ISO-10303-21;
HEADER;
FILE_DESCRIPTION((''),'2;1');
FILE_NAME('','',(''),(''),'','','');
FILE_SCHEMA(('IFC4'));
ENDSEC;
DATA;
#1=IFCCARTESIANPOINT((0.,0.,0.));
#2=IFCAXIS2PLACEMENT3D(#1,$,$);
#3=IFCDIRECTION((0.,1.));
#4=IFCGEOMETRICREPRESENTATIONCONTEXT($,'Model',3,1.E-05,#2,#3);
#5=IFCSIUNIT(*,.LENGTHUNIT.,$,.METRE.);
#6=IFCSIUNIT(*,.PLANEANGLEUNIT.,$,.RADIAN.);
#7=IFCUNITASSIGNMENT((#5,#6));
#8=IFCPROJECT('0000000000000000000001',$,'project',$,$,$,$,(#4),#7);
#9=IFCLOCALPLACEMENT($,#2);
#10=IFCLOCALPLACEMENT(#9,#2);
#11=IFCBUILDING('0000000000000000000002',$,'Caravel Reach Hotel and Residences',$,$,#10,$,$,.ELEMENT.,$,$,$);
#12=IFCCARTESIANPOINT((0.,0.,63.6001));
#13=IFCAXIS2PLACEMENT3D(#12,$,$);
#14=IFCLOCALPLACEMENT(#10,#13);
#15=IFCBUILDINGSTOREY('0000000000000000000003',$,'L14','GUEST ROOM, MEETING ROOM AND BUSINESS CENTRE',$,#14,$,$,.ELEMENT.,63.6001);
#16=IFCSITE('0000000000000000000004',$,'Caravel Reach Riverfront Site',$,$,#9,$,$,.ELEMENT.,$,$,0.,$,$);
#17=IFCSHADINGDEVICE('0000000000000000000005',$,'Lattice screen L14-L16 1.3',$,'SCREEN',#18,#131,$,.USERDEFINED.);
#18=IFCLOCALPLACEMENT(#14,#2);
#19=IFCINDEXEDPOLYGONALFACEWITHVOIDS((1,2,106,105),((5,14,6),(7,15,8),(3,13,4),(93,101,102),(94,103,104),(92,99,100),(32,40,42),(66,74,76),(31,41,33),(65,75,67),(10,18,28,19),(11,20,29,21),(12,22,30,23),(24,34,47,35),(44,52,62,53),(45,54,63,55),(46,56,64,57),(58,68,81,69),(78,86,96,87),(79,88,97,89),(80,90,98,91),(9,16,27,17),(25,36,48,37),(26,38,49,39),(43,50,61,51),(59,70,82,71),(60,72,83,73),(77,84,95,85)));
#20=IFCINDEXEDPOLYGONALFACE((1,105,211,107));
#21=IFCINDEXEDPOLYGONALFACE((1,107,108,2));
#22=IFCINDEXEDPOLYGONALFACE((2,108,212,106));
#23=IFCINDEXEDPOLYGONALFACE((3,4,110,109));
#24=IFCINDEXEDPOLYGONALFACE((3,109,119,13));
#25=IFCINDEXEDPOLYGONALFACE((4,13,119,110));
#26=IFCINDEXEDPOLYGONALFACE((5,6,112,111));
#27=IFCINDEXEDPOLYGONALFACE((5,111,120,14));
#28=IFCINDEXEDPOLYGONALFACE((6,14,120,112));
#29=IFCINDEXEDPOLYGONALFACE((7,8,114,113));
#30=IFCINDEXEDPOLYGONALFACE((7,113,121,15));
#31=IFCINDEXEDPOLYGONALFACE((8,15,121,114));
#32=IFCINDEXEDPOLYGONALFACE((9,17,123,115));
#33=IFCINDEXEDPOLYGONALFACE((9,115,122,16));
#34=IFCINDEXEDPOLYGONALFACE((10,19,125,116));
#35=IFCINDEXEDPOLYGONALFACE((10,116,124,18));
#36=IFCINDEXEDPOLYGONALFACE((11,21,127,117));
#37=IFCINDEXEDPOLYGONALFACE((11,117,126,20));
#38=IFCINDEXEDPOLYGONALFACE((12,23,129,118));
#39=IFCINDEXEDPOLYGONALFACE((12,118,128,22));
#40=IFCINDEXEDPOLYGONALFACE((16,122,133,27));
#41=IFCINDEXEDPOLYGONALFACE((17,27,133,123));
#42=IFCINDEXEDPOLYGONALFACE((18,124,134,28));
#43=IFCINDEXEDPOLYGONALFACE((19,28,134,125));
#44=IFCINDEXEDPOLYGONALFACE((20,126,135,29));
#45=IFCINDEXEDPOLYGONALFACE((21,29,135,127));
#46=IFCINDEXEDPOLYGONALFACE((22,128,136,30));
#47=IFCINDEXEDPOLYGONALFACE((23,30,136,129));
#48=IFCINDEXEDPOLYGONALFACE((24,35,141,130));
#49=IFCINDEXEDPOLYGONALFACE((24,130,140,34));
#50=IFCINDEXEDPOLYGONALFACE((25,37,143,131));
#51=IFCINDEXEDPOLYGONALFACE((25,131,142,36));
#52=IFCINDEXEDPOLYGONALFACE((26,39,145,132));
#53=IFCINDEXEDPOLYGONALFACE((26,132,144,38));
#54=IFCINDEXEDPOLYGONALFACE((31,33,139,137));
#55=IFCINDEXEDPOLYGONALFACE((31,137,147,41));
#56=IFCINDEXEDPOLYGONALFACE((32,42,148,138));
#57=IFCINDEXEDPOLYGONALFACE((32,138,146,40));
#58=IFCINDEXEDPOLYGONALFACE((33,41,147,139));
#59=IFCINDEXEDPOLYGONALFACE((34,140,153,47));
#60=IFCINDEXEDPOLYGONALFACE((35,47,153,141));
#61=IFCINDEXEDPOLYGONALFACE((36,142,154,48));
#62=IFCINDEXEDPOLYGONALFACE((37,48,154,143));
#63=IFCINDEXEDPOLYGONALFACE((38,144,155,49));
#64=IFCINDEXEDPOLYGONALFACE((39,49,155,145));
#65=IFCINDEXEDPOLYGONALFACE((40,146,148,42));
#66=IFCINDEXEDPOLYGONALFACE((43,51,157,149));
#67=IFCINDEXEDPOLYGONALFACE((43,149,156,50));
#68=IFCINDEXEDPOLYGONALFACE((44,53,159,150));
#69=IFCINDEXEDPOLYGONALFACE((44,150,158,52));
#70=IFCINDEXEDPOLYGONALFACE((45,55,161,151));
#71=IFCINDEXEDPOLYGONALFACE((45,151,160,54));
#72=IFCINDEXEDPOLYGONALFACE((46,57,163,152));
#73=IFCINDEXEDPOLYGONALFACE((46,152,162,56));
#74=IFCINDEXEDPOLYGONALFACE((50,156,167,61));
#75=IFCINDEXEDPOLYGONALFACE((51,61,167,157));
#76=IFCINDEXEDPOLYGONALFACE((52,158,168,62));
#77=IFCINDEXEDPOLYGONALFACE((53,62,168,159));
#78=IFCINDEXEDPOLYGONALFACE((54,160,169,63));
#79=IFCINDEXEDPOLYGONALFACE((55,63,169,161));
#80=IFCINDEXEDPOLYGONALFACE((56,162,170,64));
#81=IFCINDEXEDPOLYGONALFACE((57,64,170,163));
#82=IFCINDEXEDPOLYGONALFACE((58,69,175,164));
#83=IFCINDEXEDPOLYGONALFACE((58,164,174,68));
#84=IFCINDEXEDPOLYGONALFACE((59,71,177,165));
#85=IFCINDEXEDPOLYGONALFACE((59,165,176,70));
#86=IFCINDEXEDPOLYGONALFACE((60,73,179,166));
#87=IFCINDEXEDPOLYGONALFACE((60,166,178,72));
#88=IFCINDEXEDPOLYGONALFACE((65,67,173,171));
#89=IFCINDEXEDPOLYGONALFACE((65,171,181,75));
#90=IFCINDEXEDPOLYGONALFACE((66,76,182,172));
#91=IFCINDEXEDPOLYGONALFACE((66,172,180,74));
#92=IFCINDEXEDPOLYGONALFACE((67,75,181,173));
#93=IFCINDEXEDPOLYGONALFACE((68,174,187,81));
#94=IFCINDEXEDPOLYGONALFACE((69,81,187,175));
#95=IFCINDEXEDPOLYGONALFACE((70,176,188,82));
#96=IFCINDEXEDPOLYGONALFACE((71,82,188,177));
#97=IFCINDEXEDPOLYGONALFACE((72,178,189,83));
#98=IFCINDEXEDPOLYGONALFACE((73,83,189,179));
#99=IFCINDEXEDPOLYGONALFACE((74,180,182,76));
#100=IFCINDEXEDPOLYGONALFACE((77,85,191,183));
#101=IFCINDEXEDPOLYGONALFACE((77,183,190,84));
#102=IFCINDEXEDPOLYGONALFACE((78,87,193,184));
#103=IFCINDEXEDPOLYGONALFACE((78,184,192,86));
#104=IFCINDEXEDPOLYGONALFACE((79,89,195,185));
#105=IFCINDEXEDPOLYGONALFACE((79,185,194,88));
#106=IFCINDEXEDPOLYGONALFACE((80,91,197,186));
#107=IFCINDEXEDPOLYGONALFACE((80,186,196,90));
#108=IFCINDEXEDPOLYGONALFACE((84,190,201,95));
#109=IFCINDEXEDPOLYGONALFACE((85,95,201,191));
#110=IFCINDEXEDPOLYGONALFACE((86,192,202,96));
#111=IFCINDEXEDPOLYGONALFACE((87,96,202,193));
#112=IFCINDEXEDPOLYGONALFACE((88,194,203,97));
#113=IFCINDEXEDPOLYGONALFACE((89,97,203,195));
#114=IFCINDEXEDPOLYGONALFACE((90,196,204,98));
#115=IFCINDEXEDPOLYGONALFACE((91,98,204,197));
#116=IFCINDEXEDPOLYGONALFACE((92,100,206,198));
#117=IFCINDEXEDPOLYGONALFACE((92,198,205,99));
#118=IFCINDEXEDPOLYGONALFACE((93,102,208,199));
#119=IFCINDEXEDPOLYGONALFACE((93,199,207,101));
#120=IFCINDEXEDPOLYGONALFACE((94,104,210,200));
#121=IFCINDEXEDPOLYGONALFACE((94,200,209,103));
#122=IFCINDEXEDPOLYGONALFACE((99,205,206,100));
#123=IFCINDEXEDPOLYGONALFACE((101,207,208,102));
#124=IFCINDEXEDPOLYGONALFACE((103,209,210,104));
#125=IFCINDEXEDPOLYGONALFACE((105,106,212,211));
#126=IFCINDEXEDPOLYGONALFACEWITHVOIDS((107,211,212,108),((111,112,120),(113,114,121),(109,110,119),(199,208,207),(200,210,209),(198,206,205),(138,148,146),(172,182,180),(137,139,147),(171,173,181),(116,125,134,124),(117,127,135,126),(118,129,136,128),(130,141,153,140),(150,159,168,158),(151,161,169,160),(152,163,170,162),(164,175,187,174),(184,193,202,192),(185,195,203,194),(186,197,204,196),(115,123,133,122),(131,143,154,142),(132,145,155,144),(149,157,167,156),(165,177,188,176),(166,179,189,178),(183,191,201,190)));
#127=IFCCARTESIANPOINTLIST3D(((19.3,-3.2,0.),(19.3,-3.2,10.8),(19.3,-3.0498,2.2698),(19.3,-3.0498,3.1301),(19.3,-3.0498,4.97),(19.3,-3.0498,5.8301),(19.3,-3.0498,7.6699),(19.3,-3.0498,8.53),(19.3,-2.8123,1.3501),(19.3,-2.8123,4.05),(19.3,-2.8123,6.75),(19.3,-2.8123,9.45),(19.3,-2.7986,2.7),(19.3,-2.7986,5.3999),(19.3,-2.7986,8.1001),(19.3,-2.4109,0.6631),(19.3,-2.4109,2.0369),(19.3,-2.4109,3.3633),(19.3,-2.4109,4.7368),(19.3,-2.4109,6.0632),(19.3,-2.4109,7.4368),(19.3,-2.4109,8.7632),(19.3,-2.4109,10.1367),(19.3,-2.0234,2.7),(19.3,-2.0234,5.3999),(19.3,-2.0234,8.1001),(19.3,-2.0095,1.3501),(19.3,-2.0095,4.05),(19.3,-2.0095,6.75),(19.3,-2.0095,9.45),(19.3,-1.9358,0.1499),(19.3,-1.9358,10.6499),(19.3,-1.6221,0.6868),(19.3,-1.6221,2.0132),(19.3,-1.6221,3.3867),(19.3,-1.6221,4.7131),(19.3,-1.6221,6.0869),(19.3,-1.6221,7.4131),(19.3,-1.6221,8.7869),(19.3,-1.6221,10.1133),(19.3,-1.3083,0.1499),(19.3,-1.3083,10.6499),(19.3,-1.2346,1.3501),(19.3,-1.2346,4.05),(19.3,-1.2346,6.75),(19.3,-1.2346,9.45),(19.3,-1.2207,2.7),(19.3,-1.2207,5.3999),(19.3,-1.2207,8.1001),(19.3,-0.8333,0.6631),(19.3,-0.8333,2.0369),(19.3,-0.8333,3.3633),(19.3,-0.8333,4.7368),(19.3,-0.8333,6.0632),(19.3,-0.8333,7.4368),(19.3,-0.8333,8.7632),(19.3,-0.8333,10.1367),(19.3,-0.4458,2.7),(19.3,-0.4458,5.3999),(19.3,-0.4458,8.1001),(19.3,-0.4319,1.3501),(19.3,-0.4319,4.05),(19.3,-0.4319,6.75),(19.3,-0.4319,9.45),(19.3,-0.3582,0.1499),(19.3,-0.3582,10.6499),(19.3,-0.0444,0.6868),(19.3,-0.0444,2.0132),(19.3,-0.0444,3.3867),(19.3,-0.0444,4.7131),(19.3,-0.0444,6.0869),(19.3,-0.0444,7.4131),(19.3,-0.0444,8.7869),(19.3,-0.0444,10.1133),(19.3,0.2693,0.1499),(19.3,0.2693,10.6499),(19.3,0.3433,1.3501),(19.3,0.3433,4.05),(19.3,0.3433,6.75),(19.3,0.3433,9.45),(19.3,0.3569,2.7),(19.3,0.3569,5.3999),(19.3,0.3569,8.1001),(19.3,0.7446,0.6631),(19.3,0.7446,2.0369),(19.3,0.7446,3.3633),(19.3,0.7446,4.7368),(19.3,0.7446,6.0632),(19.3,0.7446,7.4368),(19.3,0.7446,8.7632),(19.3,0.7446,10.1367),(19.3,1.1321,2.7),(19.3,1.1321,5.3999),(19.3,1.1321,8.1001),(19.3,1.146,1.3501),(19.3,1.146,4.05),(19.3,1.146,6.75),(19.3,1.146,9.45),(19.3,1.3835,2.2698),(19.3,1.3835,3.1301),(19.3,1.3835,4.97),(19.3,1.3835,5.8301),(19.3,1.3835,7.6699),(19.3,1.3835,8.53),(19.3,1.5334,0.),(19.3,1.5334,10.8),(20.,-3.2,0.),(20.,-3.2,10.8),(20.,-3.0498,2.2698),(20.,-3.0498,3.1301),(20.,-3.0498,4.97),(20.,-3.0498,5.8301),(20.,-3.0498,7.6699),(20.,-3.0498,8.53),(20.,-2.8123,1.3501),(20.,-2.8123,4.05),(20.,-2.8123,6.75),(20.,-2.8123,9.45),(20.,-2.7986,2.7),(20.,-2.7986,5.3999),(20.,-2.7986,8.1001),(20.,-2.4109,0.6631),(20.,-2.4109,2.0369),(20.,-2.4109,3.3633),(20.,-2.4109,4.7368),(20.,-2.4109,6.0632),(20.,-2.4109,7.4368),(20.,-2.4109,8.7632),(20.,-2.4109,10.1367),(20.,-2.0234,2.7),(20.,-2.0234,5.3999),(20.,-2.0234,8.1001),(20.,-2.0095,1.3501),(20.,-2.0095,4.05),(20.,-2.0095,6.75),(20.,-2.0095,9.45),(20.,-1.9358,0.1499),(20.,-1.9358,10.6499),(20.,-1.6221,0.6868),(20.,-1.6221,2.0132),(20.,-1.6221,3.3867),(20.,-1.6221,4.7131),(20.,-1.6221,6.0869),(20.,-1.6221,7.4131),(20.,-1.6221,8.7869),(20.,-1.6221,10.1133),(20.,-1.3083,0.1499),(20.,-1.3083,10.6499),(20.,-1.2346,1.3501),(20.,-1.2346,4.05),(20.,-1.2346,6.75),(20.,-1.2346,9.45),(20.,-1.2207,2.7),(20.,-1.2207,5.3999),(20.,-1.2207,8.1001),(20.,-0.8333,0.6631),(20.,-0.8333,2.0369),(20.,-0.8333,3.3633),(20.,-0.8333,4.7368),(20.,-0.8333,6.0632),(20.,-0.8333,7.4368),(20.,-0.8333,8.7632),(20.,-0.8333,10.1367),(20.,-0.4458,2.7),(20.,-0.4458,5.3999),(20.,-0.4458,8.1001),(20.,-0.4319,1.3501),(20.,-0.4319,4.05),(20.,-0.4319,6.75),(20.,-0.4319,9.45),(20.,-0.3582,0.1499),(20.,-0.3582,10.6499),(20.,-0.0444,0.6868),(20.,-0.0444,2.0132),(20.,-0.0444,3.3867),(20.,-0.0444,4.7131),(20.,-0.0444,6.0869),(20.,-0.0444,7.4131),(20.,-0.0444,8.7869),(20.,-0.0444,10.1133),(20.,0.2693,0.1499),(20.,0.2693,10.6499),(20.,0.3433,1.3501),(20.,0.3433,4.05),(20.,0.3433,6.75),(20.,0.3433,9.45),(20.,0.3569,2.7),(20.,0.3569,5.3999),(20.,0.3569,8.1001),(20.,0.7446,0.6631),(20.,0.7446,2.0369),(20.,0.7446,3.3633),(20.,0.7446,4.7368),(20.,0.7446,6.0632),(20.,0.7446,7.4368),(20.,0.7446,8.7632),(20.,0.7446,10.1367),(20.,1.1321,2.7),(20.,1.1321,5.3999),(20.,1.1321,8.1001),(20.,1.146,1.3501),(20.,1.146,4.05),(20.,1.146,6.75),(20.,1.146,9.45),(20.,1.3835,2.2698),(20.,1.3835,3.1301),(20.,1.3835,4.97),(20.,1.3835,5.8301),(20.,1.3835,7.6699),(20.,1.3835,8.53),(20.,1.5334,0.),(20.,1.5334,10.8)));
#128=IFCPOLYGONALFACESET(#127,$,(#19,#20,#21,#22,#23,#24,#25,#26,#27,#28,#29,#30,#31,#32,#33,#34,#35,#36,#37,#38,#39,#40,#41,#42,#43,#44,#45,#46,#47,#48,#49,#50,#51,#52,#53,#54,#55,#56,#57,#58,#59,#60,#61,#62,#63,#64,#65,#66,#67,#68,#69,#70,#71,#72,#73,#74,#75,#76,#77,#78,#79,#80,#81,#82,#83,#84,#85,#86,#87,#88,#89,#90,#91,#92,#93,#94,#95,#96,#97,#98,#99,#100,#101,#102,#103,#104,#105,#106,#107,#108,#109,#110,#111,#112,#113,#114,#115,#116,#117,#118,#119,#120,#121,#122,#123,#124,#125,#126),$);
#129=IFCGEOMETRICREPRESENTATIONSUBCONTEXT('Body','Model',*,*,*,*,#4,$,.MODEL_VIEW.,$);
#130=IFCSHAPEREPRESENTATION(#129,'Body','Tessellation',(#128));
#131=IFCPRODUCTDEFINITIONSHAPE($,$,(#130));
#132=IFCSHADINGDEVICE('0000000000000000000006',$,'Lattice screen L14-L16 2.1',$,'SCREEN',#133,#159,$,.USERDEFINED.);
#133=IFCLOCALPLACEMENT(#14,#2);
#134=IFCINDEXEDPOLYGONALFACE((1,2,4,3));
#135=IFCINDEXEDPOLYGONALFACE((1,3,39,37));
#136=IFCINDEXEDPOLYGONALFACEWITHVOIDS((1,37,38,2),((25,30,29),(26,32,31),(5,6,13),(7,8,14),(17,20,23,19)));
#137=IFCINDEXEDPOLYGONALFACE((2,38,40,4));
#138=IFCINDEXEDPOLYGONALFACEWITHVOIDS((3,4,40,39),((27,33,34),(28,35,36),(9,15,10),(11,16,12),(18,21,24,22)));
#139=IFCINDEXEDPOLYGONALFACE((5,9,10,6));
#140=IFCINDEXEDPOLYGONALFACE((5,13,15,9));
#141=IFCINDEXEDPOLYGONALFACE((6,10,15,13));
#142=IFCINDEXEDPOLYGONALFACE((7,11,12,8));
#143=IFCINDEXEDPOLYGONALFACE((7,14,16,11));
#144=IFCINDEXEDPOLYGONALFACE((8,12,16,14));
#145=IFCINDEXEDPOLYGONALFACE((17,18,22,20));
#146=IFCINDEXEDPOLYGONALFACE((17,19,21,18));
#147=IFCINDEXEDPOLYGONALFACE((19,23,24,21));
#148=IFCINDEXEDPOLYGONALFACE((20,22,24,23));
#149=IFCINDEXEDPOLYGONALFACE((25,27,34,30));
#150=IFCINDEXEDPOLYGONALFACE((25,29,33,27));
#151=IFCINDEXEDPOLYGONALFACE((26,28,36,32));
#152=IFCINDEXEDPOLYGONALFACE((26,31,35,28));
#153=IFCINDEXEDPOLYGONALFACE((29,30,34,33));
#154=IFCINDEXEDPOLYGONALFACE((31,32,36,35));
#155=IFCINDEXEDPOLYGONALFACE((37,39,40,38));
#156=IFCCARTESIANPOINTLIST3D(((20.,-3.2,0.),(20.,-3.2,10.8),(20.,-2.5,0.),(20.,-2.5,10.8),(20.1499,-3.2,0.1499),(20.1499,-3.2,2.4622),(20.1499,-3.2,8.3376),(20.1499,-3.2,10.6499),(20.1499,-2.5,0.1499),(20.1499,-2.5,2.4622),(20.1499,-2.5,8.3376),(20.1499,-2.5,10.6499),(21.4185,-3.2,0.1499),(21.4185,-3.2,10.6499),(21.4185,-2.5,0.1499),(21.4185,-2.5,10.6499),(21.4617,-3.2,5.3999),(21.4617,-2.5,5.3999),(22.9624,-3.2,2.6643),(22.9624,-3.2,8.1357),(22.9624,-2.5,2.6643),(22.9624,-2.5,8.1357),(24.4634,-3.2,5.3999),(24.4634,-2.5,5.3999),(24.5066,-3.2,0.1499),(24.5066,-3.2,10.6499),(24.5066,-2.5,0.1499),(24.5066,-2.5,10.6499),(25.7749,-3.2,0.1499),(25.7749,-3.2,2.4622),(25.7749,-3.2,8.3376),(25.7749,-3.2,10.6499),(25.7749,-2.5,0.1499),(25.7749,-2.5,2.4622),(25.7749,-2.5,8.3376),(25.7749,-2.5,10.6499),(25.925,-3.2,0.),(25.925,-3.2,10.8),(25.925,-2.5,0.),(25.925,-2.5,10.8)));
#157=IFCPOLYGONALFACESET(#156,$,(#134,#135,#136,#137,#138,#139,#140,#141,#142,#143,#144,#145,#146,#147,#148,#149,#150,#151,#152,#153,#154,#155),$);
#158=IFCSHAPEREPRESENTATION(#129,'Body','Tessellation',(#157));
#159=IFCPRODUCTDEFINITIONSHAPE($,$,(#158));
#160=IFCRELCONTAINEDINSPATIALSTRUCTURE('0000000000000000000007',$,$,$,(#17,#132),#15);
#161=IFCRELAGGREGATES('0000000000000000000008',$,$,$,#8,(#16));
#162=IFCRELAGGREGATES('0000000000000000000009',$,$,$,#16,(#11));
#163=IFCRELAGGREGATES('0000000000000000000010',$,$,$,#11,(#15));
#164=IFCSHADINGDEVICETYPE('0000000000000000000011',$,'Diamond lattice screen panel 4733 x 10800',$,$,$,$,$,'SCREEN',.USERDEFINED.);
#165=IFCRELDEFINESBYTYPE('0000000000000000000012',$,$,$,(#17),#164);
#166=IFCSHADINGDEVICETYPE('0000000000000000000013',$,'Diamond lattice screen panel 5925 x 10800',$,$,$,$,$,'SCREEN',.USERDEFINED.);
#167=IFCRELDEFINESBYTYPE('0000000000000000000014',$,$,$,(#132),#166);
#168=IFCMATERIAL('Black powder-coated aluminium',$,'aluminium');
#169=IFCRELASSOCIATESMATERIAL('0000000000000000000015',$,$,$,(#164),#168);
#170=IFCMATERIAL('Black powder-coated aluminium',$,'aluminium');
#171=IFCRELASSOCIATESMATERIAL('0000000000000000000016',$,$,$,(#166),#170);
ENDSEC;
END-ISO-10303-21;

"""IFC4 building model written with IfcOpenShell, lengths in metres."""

from ifc_helpers import new_model, si_unit, direction, frame, origin, place, context, subcontext, project, spatial, polyline, outline, extrude, material, type_object, element, save


model = new_model("IFC4")

# Units and contexts
model_context = context("Model", 3, precision=1e-05, world=origin(), true_north=direction((0.0, 1.0)))
body_context = subcontext(model_context, "Body", "Model", "MODEL_VIEW")
ifc_project = project(units=[si_unit("LENGTHUNIT", "METRE"), si_unit("PLANEANGLEUNIT", "RADIAN")], contexts=[model_context])

# Site, building, storey
site_placement = place(None, origin())
site = spatial("IfcSite", under=ifc_project, at=site_placement, Name="Caravel Reach Riverfront Site", CompositionType="ELEMENT", RefElevation=0.0)
building_placement = place(site_placement, origin())
building = spatial("IfcBuilding", under=site, at=building_placement, Name="Caravel Reach Hotel and Residences", CompositionType="ELEMENT")
storey_placement = place(building_placement, frame((0.0, 0.0, 63.6001)))
storey = spatial("IfcBuildingStorey", under=building, at=storey_placement, Name="L14", Description="GUEST ROOM, MEETING ROOM AND BUSINESS CENTRE", CompositionType="ELEMENT", Elevation=63.6001)

# Shading devices
ifc_material_1 = material(Name="Black powder-coated aluminium", Category="aluminium")
shading_device_type_1 = type_object("IfcShadingDeviceType", Name="Diamond lattice screen panel 4733 x 10800", ElementType="SCREEN", PredefinedType="USERDEFINED", material=ifc_material_1)
shading_device_placement = place(storey_placement, frame((20.0, 1.5334, 0.0), z_axis=(-1.0, 0.0, 0.0), x_axis=(0.0, -1.0, 0.0)))
element("IfcShadingDevice", 1, at=shading_device_placement, inside=storey, type_object=shading_device_type_1, Name="Lattice screen L14-L16 1.3", ObjectType="SCREEN", PredefinedType="USERDEFINED", context=body_context, shape_type="SweptSolid", body=[
    extrude(outline(polyline([(0.0, 0.0), (4.7334, 0.0), (4.7334, 10.8), (0.0, 10.8), (0.0, 0.0)]), holes=[polyline([(0.4014, 2.7), (0.1499, 3.1301), (0.1499, 2.2698), (0.4014, 2.7)]), polyline([(0.4014, 5.3999), (0.1499, 5.8301), (0.1499, 4.97), (0.4014, 5.3999)]), polyline([(0.4014, 8.1001), (0.1499, 8.53), (0.1499, 7.6699), (0.4014, 8.1001)]), polyline([(0.7888, 2.0369), (0.3875, 1.3501), (0.7888, 0.6631), (1.1902, 1.3501), (0.7888, 2.0369)]), polyline([(0.7888, 4.7368), (0.3875, 4.05), (0.7888, 3.3633), (1.1902, 4.05), (0.7888, 4.7368)]), polyline([(0.7888, 7.4368), (0.3875, 6.75), (0.7888, 6.0632), (1.1902, 6.75), (0.7888, 7.4368)]), polyline([(0.7888, 10.1367), (0.3875, 9.45), (0.7888, 8.7632), (1.1902, 9.45), (0.7888, 10.1367)]), polyline([(1.5779, 0.6868), (1.2642, 0.1499), (1.8916, 0.1499), (1.5779, 0.6868)]), polyline([(1.5779, 3.3867), (1.1765, 2.7), (1.5779, 2.0132), (1.9792, 2.7), (1.5779, 3.3867)]), polyline([(1.5779, 6.0869), (1.1765, 5.3999), (1.5779, 4.7131), (1.9792, 5.3999), (1.5779, 6.0869)]), polyline([(1.5779, 8.7869), (1.1765, 8.1001), (1.5779, 7.4131), (1.9792, 8.1001), (1.5779, 8.7869)]), polyline([(1.5779, 10.1133), (1.8916, 10.6499), (1.2642, 10.6499), (1.5779, 10.1133)]), polyline([(2.3667, 2.0369), (1.9653, 1.3501), (2.3667, 0.6631), (2.7681, 1.3501), (2.3667, 2.0369)]), polyline([(2.3667, 4.7368), (1.9653, 4.05), (2.3667, 3.3633), (2.7681, 4.05), (2.3667, 4.7368)]), polyline([(2.3667, 7.4368), (1.9653, 6.75), (2.3667, 6.0632), (2.7681, 6.75), (2.3667, 7.4368)]), polyline([(2.3667, 10.1367), (1.9653, 9.45), (2.3667, 8.7632), (2.7681, 9.45), (2.3667, 10.1367)]), polyline([(3.1555, 0.6868), (2.8418, 0.1499), (3.4692, 0.1499), (3.1555, 0.6868)]), polyline([(3.1555, 3.3867), (2.7542, 2.7), (3.1555, 2.0132), (3.5569, 2.7), (3.1555, 3.3867)]), polyline([(3.1555, 6.0869), (2.7542, 5.3999), (3.1555, 4.7131), (3.5569, 5.3999), (3.1555, 6.0869)]), polyline([(3.1555, 8.7869), (2.7542, 8.1001), (3.1555, 7.4131), (3.5569, 8.1001), (3.1555, 8.7869)]), polyline([(3.1555, 10.1133), (3.4692, 10.6499), (2.8418, 10.6499), (3.1555, 10.1133)]), polyline([(3.9443, 2.0369), (3.543, 1.3501), (3.9443, 0.6631), (4.3457, 1.3501), (3.9443, 2.0369)]), polyline([(3.9443, 4.7368), (3.543, 4.05), (3.9443, 3.3633), (4.3457, 4.05), (3.9443, 4.7368)]), polyline([(3.9443, 7.4368), (3.543, 6.75), (3.9443, 6.0632), (4.3457, 6.75), (3.9443, 7.4368)]), polyline([(3.9443, 10.1367), (3.543, 9.45), (3.9443, 8.7632), (4.3457, 9.45), (3.9443, 10.1367)]), polyline([(4.332, 2.7), (4.5833, 2.2698), (4.5833, 3.1301), (4.332, 2.7)]), polyline([(4.332, 5.3999), (4.5833, 4.97), (4.5833, 5.8301), (4.332, 5.3999)]), polyline([(4.332, 8.1001), (4.5833, 7.6699), (4.5833, 8.53), (4.332, 8.1001)])]), origin(), (0.0, 0.0, 1.0), 0.7),
])
ifc_material_2 = material(Name="Black powder-coated aluminium", Category="aluminium")
shading_device_type_2 = type_object("IfcShadingDeviceType", Name="Diamond lattice screen panel 5925 x 10800", ElementType="SCREEN", PredefinedType="USERDEFINED", material=ifc_material_2)
for number, where, z_axis, x_axis, name in (
    (2, (20.0, -2.5, 0.0), (0.0, -1.0, 0.0), (1.0, 0.0, 0.0), "Lattice screen L14-L16 2.1"),
):
    element("IfcShadingDevice", number, at=place(storey_placement, frame(where, z_axis=z_axis, x_axis=x_axis)), inside=storey, type_object=shading_device_type_2, Name=name, ObjectType="SCREEN", PredefinedType="USERDEFINED", context=body_context, shape_type="SweptSolid", body=[
        extrude(outline(polyline([(0.0, 0.0), (5.925, 0.0), (5.925, 10.8), (0.0, 10.8), (0.0, 0.0)]), holes=[polyline([(1.4185, 0.1499), (0.1499, 2.4622), (0.1499, 0.1499), (1.4185, 0.1499)]), polyline([(0.1499, 8.3376), (1.4185, 10.6499), (0.1499, 10.6499), (0.1499, 8.3376)]), polyline([(2.9624, 8.1357), (1.4617, 5.3999), (2.9624, 2.6643), (4.4634, 5.3999), (2.9624, 8.1357)]), polyline([(5.7749, 2.4622), (4.5066, 0.1499), (5.7749, 0.1499), (5.7749, 2.4622)]), polyline([(4.5066, 10.6499), (5.7749, 8.3376), (5.7749, 10.6499), (4.5066, 10.6499)])]), origin(), (0.0, 0.0, 1.0), 0.7),
    ])

save(model, "model.ifc")
